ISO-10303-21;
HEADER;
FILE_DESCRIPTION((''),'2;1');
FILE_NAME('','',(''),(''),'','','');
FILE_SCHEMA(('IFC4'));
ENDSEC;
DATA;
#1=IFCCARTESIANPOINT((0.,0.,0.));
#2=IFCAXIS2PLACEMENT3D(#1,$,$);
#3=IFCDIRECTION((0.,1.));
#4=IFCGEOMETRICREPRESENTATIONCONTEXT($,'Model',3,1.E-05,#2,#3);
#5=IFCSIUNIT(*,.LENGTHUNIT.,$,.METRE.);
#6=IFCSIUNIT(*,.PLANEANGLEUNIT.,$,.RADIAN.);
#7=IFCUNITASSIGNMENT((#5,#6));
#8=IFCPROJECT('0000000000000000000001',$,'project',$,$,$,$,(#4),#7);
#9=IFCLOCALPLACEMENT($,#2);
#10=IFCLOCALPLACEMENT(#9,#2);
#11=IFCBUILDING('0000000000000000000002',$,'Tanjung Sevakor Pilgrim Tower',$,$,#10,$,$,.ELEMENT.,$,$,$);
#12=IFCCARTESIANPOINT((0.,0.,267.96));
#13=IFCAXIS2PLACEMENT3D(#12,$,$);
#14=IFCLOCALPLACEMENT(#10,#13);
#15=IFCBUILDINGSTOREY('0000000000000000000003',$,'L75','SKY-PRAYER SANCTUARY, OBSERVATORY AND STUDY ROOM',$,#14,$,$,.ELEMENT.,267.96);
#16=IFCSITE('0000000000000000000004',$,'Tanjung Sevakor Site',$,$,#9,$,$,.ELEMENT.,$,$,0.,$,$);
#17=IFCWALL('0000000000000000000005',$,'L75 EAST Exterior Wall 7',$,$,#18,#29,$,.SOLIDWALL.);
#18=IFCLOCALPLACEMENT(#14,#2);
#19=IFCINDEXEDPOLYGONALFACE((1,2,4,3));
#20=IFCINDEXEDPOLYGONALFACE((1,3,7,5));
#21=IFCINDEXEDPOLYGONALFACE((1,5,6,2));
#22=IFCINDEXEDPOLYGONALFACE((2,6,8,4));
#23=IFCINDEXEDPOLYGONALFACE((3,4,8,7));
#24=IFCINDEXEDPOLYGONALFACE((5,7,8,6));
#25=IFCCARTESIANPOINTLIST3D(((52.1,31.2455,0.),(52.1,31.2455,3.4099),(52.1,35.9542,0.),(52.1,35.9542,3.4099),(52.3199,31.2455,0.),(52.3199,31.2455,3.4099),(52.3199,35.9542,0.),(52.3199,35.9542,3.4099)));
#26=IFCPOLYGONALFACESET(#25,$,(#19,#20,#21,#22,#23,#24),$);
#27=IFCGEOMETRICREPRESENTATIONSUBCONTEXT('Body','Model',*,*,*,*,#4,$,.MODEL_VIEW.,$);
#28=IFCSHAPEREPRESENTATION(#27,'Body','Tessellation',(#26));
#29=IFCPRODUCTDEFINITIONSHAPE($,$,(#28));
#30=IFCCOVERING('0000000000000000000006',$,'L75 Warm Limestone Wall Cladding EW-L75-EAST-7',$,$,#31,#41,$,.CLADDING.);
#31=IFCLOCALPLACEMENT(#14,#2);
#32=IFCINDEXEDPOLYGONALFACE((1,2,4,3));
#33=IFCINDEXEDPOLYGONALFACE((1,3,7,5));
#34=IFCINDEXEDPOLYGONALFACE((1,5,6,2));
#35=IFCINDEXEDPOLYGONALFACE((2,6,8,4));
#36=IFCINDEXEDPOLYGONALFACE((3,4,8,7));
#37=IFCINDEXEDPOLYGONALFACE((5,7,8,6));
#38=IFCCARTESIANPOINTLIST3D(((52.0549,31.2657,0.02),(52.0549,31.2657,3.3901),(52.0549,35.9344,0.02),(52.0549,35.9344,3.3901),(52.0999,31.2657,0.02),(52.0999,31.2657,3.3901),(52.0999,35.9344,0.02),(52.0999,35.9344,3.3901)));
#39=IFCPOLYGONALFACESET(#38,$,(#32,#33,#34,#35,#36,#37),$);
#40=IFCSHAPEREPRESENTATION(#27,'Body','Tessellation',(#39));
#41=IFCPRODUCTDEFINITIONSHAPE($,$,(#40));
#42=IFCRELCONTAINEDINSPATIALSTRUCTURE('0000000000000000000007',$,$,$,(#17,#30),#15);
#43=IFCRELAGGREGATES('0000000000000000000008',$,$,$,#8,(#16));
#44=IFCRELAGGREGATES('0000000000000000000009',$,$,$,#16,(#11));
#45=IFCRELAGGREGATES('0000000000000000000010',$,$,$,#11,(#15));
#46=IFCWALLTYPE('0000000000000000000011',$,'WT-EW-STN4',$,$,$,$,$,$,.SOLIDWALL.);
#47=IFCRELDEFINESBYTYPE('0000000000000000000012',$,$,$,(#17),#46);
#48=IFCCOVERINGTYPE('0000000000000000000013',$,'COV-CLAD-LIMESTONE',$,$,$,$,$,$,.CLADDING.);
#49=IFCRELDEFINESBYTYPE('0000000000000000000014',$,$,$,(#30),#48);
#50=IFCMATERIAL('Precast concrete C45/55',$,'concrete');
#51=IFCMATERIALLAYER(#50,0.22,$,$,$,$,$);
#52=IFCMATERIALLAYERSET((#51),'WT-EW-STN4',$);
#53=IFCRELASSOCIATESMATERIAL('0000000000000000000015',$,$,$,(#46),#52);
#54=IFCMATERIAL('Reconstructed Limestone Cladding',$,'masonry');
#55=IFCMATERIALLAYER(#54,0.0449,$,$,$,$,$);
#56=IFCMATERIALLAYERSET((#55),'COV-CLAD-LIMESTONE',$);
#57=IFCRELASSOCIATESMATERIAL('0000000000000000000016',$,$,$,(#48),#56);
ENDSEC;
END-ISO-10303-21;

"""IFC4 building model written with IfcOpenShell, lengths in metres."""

from ifc_helpers import new_model, si_unit, direction, frame, frame_2d, origin, origin_2d, place, context, subcontext, project, spatial, rectangle, extrude, material, layer, layer_set, type_object, element, save


model = new_model("IFC4")

# Units and contexts
model_context = context("Model", 3, precision=1e-05, world=origin(), true_north=direction((0.0, 1.0)))
body_context = subcontext(model_context, "Body", "Model", "MODEL_VIEW")
ifc_project = project(units=[si_unit("LENGTHUNIT", "METRE"), si_unit("PLANEANGLEUNIT", "RADIAN")], contexts=[model_context])

# Site, building, storey
site_placement = place(None, origin())
site = spatial("IfcSite", under=ifc_project, at=site_placement, Name="Tanjung Sevakor Site", CompositionType="ELEMENT", RefElevation=0.0)
building_placement = place(site_placement, origin())
building = spatial("IfcBuilding", under=site, at=building_placement, Name="Tanjung Sevakor Pilgrim Tower", CompositionType="ELEMENT")
storey_placement = place(building_placement, frame((0.0, 0.0, 267.96)))
storey = spatial("IfcBuildingStorey", under=building, at=storey_placement, Name="L75", Description="SKY-PRAYER SANCTUARY, OBSERVATORY AND STUDY ROOM", CompositionType="ELEMENT", Elevation=267.96)

# Wall
ifc_material_1 = material(Name="Precast concrete C45/55", Category="concrete")
ifc_layer_1 = layer(ifc_material_1, 0.22)
ifc_layer_set_1 = layer_set([ifc_layer_1], Name="WT-EW-STN4")
wall_type_1 = type_object("IfcWallType", Name="WT-EW-STN4", PredefinedType="SOLIDWALL", material=ifc_layer_set_1)
wall_1_placement = place(storey_placement, frame((52.21, 35.9543, 0.0), z_axis=(0.0, 0.0, 1.0), x_axis=(0.0, -1.0, 0.0)))
element("IfcWall", 1, at=wall_1_placement, inside=storey, type_object=wall_type_1, Name="L75 EAST Exterior Wall 7", PredefinedType="SOLIDWALL", context=body_context, shape_type="SweptSolid", body=[
    extrude(rectangle(XDim=4.7087, YDim=0.22, at=frame_2d((2.3545, 0.0))), origin(), (0.0, 0.0, 1.0), 3.4099),
])

# Covering
ifc_material_2 = material(Name="Reconstructed Limestone Cladding", Category="masonry")
ifc_layer_2 = layer(ifc_material_2, 0.0449)
ifc_layer_set_2 = layer_set([ifc_layer_2], Name="COV-CLAD-LIMESTONE")
covering_type = type_object("IfcCoveringType", Name="COV-CLAD-LIMESTONE", PredefinedType="CLADDING", material=ifc_layer_set_2)
covering_placement = place(storey_placement, frame((52.0774, 33.6001, 0.02), z_axis=(0.0, 0.0, 1.0), x_axis=(0.0, -1.0, 0.0)))
element("IfcCovering", 2, at=covering_placement, inside=storey, type_object=covering_type, Name="L75 Warm Limestone Wall Cladding EW-L75-EAST-7", PredefinedType="CLADDING", context=body_context, shape_type="SweptSolid", body=[
    extrude(rectangle(XDim=4.6687, YDim=0.0449, at=origin_2d()), origin(), (0.0, 0.0, 1.0), 3.3701),
])

save(model, "model.ifc")
